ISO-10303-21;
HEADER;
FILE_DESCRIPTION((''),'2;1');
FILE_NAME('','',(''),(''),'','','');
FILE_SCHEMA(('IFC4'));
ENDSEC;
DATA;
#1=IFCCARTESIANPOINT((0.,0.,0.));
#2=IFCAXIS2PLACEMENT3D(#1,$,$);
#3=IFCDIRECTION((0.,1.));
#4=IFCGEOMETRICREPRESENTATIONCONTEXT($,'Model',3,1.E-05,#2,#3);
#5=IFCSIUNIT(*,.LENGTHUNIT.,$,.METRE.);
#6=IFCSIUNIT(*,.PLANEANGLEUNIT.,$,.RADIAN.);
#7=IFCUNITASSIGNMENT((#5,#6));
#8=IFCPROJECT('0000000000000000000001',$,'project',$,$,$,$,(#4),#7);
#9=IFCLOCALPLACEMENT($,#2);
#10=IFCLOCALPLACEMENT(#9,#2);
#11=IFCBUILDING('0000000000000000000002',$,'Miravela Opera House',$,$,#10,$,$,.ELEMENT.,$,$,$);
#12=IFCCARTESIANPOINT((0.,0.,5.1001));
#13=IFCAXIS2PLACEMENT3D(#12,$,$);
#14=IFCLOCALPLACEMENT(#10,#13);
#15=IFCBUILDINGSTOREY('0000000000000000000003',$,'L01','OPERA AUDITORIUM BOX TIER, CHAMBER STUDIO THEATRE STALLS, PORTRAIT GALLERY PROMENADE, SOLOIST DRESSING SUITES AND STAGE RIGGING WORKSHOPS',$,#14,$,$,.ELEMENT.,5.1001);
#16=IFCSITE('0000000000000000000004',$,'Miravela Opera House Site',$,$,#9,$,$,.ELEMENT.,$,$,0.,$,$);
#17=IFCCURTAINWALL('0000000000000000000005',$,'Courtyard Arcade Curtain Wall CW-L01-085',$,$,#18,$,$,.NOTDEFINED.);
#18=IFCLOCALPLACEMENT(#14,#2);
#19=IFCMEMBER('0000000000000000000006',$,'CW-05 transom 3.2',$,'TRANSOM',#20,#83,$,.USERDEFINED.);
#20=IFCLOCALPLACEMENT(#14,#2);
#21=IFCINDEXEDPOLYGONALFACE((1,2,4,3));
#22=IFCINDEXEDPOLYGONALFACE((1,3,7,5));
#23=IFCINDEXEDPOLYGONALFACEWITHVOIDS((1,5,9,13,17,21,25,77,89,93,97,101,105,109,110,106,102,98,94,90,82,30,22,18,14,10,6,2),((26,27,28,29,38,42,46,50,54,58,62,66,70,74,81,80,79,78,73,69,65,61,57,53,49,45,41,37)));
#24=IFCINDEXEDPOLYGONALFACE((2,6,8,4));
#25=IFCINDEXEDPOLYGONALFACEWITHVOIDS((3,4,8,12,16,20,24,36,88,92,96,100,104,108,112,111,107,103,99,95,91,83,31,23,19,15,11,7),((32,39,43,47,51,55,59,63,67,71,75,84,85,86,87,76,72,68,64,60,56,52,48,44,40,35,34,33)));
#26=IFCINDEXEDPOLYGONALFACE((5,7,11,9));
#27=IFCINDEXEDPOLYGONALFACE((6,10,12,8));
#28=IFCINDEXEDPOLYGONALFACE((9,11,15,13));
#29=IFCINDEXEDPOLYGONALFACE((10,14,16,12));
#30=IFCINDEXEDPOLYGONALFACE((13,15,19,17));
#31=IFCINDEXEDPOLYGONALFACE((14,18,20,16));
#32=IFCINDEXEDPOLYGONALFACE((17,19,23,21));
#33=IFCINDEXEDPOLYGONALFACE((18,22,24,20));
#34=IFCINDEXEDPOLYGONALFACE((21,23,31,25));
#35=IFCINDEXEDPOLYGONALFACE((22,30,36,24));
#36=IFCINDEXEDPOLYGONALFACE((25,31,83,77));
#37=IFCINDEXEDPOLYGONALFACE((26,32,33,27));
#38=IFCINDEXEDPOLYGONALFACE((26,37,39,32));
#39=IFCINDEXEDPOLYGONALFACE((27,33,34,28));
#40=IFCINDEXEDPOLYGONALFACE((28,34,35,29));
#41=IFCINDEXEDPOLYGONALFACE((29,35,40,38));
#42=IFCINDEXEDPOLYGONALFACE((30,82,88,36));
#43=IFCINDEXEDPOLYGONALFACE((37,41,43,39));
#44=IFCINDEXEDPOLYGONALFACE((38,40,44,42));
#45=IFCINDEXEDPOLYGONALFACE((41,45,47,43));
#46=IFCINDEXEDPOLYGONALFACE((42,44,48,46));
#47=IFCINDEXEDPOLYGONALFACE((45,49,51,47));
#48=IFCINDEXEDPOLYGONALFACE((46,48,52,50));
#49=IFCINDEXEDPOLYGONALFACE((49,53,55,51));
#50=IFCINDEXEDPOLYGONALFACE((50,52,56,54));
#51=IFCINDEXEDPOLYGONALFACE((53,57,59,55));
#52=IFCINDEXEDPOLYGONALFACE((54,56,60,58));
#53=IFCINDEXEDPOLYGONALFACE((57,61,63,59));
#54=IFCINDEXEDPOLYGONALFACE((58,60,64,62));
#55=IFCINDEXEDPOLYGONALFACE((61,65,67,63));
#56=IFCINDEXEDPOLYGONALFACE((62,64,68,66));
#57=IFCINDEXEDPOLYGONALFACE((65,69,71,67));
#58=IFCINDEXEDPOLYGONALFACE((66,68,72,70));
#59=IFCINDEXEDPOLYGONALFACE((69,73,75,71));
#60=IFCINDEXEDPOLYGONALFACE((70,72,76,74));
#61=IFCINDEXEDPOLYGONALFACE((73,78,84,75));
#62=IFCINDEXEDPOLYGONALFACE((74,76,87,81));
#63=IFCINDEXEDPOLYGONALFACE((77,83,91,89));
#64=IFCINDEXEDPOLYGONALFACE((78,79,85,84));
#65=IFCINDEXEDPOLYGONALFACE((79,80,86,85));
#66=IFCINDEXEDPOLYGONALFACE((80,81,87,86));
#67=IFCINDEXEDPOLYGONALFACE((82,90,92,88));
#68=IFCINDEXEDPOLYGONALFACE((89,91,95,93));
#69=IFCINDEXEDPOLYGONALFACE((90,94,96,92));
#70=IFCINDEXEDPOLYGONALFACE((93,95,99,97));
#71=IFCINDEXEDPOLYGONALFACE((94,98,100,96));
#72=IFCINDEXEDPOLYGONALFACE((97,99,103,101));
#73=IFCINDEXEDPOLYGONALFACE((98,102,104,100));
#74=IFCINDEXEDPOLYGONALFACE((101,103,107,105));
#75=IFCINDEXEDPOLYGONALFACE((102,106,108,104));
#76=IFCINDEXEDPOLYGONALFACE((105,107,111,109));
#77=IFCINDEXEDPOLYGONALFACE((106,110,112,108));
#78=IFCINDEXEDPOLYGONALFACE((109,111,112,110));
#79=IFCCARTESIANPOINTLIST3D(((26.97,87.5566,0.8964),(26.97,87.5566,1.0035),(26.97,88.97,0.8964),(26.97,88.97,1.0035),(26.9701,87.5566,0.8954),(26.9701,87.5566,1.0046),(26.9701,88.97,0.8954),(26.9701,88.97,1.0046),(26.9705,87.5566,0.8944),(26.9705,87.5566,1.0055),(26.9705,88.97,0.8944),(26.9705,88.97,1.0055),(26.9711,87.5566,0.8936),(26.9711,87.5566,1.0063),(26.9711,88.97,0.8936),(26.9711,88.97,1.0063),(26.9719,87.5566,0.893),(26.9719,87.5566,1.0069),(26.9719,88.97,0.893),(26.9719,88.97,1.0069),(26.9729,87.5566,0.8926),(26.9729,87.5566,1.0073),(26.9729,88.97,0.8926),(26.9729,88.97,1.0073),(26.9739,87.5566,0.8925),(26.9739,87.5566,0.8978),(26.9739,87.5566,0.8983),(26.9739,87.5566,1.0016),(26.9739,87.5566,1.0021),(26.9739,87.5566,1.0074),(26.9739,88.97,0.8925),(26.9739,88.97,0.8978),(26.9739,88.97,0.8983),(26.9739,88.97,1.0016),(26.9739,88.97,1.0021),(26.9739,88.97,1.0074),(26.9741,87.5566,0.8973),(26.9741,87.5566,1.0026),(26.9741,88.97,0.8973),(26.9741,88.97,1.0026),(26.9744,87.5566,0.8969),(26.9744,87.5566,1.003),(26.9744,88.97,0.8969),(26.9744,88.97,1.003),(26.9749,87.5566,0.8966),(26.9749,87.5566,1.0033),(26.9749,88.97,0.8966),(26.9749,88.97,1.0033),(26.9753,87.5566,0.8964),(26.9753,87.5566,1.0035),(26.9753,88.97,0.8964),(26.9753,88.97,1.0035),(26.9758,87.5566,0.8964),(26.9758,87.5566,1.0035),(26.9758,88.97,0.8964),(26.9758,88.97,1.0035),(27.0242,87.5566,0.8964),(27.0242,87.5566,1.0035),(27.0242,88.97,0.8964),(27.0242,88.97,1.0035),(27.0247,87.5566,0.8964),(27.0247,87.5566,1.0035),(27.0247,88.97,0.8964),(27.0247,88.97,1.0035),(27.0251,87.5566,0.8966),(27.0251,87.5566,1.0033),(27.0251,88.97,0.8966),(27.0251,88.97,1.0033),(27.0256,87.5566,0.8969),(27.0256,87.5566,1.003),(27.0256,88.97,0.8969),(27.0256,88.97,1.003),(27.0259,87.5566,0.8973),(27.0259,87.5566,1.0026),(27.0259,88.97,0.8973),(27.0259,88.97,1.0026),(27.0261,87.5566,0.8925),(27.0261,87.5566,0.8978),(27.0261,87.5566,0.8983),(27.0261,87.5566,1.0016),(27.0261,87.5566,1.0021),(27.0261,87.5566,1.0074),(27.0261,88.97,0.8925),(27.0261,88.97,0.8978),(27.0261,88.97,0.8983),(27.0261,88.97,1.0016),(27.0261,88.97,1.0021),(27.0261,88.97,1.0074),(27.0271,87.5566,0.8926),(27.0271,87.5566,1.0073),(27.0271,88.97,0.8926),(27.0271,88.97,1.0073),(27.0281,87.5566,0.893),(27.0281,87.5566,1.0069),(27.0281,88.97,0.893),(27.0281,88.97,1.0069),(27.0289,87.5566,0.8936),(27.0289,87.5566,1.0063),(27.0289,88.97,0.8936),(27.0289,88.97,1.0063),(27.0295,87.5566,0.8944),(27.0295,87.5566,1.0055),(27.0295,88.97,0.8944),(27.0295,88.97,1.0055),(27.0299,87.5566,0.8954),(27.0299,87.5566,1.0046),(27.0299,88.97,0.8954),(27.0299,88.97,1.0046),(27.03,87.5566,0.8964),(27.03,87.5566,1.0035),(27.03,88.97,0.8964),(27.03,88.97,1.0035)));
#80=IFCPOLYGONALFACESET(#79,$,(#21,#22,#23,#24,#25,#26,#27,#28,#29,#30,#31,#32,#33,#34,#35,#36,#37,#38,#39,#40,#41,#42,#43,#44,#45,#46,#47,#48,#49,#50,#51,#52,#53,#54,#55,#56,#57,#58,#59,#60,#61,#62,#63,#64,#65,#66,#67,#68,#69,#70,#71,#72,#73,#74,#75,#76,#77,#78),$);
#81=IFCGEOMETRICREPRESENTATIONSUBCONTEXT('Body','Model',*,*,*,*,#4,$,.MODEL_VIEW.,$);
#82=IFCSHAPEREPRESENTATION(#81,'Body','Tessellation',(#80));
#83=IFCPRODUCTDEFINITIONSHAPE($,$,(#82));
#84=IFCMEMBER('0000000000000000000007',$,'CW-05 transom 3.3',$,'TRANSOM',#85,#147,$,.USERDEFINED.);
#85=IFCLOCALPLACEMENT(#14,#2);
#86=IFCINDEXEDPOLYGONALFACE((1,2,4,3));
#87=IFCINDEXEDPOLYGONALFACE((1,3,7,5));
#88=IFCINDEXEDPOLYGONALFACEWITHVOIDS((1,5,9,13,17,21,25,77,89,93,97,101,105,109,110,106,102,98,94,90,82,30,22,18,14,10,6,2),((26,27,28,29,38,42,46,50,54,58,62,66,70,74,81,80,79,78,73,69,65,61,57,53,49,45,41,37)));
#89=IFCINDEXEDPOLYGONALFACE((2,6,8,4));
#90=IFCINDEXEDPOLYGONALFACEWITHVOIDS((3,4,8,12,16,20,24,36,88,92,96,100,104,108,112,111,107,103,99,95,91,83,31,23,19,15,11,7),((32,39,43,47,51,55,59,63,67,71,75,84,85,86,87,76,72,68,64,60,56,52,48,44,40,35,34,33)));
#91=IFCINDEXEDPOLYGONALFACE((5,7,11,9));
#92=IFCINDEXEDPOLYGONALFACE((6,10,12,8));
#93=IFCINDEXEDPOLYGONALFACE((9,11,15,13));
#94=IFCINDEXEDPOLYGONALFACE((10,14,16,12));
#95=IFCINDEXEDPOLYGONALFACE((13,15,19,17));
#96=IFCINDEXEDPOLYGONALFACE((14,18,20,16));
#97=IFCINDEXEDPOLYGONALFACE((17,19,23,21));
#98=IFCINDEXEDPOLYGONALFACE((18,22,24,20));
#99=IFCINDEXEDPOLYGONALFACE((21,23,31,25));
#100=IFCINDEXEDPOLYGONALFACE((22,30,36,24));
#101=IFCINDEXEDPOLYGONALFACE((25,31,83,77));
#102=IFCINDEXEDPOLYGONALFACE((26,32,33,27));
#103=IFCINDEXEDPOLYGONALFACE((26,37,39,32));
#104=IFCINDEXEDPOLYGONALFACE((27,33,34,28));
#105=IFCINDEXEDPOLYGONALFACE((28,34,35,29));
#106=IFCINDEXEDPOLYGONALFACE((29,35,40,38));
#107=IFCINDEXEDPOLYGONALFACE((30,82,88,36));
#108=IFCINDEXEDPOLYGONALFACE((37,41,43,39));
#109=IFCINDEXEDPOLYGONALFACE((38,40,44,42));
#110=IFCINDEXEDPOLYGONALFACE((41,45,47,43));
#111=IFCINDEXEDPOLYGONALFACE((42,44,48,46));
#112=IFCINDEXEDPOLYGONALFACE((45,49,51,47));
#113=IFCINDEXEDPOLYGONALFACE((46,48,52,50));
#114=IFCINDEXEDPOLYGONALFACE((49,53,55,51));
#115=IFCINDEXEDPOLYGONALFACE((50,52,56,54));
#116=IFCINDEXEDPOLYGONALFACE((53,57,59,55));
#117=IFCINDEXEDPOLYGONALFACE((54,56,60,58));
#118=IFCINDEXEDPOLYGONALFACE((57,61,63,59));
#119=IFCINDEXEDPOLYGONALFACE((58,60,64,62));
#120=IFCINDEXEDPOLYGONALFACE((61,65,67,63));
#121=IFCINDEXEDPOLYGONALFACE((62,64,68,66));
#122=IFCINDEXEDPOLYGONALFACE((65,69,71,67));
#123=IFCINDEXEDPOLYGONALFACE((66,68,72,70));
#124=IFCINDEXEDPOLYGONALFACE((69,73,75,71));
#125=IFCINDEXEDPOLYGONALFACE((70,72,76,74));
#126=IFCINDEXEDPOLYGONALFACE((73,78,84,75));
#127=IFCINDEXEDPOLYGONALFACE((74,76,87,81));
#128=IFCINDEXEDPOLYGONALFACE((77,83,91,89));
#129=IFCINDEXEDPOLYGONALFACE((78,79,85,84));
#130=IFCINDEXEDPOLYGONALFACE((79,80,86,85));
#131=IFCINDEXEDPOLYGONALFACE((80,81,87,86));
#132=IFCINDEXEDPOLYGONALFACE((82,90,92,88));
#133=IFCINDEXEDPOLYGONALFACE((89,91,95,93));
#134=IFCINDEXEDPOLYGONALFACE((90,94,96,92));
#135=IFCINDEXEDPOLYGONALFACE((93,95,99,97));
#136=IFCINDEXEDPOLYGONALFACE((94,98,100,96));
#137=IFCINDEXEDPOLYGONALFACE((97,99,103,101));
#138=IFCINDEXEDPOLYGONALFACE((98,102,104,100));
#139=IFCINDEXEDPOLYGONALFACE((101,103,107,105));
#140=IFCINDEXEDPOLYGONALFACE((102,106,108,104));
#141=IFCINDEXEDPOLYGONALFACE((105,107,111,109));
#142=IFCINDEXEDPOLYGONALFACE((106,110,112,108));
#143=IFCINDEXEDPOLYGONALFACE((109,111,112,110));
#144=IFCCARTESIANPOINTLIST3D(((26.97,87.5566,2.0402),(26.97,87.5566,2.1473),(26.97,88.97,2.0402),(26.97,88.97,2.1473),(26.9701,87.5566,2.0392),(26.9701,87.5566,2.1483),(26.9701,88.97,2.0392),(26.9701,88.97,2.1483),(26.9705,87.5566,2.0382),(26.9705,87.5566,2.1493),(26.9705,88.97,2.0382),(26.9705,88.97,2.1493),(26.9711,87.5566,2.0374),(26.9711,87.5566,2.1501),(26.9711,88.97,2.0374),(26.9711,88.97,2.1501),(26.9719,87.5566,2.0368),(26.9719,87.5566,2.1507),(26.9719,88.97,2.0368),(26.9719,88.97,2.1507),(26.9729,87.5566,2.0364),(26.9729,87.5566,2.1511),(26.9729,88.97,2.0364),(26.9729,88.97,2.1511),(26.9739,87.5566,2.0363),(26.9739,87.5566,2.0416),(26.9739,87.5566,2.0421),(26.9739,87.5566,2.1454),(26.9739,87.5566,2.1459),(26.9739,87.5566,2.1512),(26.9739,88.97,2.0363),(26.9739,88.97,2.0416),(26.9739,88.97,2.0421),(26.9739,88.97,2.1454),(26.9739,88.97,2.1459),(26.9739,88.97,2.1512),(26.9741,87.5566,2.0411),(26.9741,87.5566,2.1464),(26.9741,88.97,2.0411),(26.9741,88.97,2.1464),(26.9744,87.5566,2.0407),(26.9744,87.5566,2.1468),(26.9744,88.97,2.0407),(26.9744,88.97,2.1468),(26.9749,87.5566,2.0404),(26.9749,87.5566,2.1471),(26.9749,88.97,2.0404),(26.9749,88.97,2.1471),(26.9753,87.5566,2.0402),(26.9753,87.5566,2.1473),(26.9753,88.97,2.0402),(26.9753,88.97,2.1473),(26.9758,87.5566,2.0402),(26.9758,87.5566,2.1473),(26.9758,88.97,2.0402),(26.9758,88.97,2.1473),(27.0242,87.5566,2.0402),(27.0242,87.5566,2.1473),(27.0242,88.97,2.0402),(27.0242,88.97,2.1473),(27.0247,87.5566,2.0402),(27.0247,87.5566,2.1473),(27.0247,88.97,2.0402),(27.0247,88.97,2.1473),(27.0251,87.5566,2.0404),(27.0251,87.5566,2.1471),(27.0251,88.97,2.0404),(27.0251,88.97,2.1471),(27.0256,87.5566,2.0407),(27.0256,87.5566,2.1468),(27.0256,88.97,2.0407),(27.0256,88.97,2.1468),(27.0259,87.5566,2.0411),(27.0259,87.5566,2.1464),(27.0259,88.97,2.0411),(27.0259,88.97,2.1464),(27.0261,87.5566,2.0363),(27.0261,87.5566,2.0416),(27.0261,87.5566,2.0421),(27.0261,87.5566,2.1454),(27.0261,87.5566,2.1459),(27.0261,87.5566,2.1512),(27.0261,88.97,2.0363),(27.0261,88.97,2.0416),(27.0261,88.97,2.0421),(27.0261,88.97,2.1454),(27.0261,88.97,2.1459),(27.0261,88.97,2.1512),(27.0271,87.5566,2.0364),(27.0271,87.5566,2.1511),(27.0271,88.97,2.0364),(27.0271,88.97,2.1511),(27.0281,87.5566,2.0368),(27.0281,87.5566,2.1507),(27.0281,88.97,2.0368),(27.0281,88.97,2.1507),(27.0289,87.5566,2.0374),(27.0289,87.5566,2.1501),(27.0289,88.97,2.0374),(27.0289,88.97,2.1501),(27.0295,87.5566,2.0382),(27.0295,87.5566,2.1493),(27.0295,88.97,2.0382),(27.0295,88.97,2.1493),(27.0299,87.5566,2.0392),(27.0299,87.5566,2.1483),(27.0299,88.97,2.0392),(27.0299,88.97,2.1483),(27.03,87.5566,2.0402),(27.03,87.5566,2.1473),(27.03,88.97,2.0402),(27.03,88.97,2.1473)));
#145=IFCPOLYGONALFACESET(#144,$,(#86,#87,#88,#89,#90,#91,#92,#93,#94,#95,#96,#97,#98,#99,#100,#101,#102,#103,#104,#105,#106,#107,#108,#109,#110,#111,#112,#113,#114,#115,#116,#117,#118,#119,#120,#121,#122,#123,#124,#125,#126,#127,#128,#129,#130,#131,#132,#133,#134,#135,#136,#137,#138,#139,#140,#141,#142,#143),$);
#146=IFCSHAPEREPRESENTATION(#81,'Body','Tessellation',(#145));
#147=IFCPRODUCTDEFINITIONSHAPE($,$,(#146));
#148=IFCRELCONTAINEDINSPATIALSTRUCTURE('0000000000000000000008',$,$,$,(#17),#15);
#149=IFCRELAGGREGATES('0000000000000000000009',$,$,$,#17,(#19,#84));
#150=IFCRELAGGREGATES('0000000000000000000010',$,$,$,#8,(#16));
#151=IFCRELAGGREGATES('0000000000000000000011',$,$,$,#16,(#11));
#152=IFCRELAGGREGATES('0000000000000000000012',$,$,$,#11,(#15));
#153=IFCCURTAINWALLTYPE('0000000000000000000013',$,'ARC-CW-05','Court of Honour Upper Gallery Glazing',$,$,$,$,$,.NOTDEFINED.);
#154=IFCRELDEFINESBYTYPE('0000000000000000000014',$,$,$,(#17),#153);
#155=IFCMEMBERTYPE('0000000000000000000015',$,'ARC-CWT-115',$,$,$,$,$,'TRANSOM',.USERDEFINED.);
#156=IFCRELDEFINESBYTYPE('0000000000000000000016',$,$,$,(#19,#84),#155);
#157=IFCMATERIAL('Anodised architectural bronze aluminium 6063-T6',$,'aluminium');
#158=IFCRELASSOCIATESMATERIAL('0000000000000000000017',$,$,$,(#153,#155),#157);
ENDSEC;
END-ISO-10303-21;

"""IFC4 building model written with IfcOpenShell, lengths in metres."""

from ifc_helpers import new_model, si_unit, direction, frame, origin, origin_2d, place, context, subcontext, project, spatial, hollow_rectangle, extrude, material, material_profile, profile_set, type_object, element, aggregate, save


model = new_model("IFC4")

# Units and contexts
model_context = context("Model", 3, precision=1e-05, world=origin(), true_north=direction((0.0, 1.0)))
body_context = subcontext(model_context, "Body", "Model", "MODEL_VIEW")
ifc_project = project(units=[si_unit("LENGTHUNIT", "METRE"), si_unit("PLANEANGLEUNIT", "RADIAN")], contexts=[model_context])

# Site, building, storey
site_placement = place(None, origin())
site = spatial("IfcSite", under=ifc_project, at=site_placement, Name="Miravela Opera House Site", CompositionType="ELEMENT", RefElevation=0.0)
building_placement = place(site_placement, origin())
building = spatial("IfcBuilding", under=site, at=building_placement, Name="Miravela Opera House", CompositionType="ELEMENT")
storey_placement = place(building_placement, frame((0.0, 0.0, 5.1001)))
storey = spatial("IfcBuildingStorey", under=building, at=storey_placement, Name="L01", Description="OPERA AUDITORIUM BOX TIER, CHAMBER STUDIO THEATRE STALLS, PORTRAIT GALLERY PROMENADE, SOLOIST DRESSING SUITES AND STAGE RIGGING WORKSHOPS", CompositionType="ELEMENT", Elevation=5.1001)

# Curtain wall, members
ifc_material_1 = material(Name="Anodised architectural bronze aluminium 6063-T6", Category="aluminium")
curtain_wall_type = type_object("IfcCurtainWallType", Name="ARC-CW-05", Description="Court of Honour Upper Gallery Glazing", PredefinedType="NOTDEFINED", material=ifc_material_1)
curtain_wall_placement = place(storey_placement, origin())
curtain_wall = element("IfcCurtainWall", 1, at=curtain_wall_placement, inside=storey, type_object=curtain_wall_type, Name="Courtyard Arcade Curtain Wall CW-L01-085", PredefinedType="NOTDEFINED")
ifc_material_profile_1 = material_profile(ifc_material_1, hollow_rectangle(XDim=0.0601, YDim=0.115, WallThickness=0.0039, InnerFilletRadius=0.002, OuterFilletRadius=0.0039, at=origin_2d()), Name="CWT-60X115")
ifc_profile_set_1 = profile_set([ifc_material_profile_1])
member_type_1 = type_object("IfcMemberType", Name="ARC-CWT-115", ElementType="TRANSOM", PredefinedType="USERDEFINED", material=ifc_profile_set_1)
member_1_placement = place(storey_placement, frame((27.0, 87.5566, 0.95), z_axis=(0.0, 1.0, 0.0), x_axis=(-1.0, 0.0, 0.0)))
member_1 = element("IfcMember", 2, at=member_1_placement, type_object=member_type_1, Name="CW-05 transom 3.2", ObjectType="TRANSOM", PredefinedType="USERDEFINED", context=body_context, shape_type="SweptSolid", body=[
    extrude(hollow_rectangle(XDim=0.0601, YDim=0.115, WallThickness=0.0039, InnerFilletRadius=0.002, OuterFilletRadius=0.0039, at=origin_2d()), origin(), (0.0, 0.0, 1.0), 1.4133),
])
member_2_placement = place(storey_placement, frame((27.0, 87.5566, 2.0938), z_axis=(0.0, 1.0, 0.0), x_axis=(-1.0, 0.0, 0.0)))
member_2 = element("IfcMember", 3, at=member_2_placement, type_object=member_type_1, Name="CW-05 transom 3.3", ObjectType="TRANSOM", PredefinedType="USERDEFINED", context=body_context, shape_type="SweptSolid", body=[
    extrude(hollow_rectangle(XDim=0.0601, YDim=0.115, WallThickness=0.0039, InnerFilletRadius=0.002, OuterFilletRadius=0.0039, at=origin_2d()), origin(), (0.0, 0.0, 1.0), 1.4133),
])

aggregate(curtain_wall, [member_1, member_2])

save(model, "model.ifc")
